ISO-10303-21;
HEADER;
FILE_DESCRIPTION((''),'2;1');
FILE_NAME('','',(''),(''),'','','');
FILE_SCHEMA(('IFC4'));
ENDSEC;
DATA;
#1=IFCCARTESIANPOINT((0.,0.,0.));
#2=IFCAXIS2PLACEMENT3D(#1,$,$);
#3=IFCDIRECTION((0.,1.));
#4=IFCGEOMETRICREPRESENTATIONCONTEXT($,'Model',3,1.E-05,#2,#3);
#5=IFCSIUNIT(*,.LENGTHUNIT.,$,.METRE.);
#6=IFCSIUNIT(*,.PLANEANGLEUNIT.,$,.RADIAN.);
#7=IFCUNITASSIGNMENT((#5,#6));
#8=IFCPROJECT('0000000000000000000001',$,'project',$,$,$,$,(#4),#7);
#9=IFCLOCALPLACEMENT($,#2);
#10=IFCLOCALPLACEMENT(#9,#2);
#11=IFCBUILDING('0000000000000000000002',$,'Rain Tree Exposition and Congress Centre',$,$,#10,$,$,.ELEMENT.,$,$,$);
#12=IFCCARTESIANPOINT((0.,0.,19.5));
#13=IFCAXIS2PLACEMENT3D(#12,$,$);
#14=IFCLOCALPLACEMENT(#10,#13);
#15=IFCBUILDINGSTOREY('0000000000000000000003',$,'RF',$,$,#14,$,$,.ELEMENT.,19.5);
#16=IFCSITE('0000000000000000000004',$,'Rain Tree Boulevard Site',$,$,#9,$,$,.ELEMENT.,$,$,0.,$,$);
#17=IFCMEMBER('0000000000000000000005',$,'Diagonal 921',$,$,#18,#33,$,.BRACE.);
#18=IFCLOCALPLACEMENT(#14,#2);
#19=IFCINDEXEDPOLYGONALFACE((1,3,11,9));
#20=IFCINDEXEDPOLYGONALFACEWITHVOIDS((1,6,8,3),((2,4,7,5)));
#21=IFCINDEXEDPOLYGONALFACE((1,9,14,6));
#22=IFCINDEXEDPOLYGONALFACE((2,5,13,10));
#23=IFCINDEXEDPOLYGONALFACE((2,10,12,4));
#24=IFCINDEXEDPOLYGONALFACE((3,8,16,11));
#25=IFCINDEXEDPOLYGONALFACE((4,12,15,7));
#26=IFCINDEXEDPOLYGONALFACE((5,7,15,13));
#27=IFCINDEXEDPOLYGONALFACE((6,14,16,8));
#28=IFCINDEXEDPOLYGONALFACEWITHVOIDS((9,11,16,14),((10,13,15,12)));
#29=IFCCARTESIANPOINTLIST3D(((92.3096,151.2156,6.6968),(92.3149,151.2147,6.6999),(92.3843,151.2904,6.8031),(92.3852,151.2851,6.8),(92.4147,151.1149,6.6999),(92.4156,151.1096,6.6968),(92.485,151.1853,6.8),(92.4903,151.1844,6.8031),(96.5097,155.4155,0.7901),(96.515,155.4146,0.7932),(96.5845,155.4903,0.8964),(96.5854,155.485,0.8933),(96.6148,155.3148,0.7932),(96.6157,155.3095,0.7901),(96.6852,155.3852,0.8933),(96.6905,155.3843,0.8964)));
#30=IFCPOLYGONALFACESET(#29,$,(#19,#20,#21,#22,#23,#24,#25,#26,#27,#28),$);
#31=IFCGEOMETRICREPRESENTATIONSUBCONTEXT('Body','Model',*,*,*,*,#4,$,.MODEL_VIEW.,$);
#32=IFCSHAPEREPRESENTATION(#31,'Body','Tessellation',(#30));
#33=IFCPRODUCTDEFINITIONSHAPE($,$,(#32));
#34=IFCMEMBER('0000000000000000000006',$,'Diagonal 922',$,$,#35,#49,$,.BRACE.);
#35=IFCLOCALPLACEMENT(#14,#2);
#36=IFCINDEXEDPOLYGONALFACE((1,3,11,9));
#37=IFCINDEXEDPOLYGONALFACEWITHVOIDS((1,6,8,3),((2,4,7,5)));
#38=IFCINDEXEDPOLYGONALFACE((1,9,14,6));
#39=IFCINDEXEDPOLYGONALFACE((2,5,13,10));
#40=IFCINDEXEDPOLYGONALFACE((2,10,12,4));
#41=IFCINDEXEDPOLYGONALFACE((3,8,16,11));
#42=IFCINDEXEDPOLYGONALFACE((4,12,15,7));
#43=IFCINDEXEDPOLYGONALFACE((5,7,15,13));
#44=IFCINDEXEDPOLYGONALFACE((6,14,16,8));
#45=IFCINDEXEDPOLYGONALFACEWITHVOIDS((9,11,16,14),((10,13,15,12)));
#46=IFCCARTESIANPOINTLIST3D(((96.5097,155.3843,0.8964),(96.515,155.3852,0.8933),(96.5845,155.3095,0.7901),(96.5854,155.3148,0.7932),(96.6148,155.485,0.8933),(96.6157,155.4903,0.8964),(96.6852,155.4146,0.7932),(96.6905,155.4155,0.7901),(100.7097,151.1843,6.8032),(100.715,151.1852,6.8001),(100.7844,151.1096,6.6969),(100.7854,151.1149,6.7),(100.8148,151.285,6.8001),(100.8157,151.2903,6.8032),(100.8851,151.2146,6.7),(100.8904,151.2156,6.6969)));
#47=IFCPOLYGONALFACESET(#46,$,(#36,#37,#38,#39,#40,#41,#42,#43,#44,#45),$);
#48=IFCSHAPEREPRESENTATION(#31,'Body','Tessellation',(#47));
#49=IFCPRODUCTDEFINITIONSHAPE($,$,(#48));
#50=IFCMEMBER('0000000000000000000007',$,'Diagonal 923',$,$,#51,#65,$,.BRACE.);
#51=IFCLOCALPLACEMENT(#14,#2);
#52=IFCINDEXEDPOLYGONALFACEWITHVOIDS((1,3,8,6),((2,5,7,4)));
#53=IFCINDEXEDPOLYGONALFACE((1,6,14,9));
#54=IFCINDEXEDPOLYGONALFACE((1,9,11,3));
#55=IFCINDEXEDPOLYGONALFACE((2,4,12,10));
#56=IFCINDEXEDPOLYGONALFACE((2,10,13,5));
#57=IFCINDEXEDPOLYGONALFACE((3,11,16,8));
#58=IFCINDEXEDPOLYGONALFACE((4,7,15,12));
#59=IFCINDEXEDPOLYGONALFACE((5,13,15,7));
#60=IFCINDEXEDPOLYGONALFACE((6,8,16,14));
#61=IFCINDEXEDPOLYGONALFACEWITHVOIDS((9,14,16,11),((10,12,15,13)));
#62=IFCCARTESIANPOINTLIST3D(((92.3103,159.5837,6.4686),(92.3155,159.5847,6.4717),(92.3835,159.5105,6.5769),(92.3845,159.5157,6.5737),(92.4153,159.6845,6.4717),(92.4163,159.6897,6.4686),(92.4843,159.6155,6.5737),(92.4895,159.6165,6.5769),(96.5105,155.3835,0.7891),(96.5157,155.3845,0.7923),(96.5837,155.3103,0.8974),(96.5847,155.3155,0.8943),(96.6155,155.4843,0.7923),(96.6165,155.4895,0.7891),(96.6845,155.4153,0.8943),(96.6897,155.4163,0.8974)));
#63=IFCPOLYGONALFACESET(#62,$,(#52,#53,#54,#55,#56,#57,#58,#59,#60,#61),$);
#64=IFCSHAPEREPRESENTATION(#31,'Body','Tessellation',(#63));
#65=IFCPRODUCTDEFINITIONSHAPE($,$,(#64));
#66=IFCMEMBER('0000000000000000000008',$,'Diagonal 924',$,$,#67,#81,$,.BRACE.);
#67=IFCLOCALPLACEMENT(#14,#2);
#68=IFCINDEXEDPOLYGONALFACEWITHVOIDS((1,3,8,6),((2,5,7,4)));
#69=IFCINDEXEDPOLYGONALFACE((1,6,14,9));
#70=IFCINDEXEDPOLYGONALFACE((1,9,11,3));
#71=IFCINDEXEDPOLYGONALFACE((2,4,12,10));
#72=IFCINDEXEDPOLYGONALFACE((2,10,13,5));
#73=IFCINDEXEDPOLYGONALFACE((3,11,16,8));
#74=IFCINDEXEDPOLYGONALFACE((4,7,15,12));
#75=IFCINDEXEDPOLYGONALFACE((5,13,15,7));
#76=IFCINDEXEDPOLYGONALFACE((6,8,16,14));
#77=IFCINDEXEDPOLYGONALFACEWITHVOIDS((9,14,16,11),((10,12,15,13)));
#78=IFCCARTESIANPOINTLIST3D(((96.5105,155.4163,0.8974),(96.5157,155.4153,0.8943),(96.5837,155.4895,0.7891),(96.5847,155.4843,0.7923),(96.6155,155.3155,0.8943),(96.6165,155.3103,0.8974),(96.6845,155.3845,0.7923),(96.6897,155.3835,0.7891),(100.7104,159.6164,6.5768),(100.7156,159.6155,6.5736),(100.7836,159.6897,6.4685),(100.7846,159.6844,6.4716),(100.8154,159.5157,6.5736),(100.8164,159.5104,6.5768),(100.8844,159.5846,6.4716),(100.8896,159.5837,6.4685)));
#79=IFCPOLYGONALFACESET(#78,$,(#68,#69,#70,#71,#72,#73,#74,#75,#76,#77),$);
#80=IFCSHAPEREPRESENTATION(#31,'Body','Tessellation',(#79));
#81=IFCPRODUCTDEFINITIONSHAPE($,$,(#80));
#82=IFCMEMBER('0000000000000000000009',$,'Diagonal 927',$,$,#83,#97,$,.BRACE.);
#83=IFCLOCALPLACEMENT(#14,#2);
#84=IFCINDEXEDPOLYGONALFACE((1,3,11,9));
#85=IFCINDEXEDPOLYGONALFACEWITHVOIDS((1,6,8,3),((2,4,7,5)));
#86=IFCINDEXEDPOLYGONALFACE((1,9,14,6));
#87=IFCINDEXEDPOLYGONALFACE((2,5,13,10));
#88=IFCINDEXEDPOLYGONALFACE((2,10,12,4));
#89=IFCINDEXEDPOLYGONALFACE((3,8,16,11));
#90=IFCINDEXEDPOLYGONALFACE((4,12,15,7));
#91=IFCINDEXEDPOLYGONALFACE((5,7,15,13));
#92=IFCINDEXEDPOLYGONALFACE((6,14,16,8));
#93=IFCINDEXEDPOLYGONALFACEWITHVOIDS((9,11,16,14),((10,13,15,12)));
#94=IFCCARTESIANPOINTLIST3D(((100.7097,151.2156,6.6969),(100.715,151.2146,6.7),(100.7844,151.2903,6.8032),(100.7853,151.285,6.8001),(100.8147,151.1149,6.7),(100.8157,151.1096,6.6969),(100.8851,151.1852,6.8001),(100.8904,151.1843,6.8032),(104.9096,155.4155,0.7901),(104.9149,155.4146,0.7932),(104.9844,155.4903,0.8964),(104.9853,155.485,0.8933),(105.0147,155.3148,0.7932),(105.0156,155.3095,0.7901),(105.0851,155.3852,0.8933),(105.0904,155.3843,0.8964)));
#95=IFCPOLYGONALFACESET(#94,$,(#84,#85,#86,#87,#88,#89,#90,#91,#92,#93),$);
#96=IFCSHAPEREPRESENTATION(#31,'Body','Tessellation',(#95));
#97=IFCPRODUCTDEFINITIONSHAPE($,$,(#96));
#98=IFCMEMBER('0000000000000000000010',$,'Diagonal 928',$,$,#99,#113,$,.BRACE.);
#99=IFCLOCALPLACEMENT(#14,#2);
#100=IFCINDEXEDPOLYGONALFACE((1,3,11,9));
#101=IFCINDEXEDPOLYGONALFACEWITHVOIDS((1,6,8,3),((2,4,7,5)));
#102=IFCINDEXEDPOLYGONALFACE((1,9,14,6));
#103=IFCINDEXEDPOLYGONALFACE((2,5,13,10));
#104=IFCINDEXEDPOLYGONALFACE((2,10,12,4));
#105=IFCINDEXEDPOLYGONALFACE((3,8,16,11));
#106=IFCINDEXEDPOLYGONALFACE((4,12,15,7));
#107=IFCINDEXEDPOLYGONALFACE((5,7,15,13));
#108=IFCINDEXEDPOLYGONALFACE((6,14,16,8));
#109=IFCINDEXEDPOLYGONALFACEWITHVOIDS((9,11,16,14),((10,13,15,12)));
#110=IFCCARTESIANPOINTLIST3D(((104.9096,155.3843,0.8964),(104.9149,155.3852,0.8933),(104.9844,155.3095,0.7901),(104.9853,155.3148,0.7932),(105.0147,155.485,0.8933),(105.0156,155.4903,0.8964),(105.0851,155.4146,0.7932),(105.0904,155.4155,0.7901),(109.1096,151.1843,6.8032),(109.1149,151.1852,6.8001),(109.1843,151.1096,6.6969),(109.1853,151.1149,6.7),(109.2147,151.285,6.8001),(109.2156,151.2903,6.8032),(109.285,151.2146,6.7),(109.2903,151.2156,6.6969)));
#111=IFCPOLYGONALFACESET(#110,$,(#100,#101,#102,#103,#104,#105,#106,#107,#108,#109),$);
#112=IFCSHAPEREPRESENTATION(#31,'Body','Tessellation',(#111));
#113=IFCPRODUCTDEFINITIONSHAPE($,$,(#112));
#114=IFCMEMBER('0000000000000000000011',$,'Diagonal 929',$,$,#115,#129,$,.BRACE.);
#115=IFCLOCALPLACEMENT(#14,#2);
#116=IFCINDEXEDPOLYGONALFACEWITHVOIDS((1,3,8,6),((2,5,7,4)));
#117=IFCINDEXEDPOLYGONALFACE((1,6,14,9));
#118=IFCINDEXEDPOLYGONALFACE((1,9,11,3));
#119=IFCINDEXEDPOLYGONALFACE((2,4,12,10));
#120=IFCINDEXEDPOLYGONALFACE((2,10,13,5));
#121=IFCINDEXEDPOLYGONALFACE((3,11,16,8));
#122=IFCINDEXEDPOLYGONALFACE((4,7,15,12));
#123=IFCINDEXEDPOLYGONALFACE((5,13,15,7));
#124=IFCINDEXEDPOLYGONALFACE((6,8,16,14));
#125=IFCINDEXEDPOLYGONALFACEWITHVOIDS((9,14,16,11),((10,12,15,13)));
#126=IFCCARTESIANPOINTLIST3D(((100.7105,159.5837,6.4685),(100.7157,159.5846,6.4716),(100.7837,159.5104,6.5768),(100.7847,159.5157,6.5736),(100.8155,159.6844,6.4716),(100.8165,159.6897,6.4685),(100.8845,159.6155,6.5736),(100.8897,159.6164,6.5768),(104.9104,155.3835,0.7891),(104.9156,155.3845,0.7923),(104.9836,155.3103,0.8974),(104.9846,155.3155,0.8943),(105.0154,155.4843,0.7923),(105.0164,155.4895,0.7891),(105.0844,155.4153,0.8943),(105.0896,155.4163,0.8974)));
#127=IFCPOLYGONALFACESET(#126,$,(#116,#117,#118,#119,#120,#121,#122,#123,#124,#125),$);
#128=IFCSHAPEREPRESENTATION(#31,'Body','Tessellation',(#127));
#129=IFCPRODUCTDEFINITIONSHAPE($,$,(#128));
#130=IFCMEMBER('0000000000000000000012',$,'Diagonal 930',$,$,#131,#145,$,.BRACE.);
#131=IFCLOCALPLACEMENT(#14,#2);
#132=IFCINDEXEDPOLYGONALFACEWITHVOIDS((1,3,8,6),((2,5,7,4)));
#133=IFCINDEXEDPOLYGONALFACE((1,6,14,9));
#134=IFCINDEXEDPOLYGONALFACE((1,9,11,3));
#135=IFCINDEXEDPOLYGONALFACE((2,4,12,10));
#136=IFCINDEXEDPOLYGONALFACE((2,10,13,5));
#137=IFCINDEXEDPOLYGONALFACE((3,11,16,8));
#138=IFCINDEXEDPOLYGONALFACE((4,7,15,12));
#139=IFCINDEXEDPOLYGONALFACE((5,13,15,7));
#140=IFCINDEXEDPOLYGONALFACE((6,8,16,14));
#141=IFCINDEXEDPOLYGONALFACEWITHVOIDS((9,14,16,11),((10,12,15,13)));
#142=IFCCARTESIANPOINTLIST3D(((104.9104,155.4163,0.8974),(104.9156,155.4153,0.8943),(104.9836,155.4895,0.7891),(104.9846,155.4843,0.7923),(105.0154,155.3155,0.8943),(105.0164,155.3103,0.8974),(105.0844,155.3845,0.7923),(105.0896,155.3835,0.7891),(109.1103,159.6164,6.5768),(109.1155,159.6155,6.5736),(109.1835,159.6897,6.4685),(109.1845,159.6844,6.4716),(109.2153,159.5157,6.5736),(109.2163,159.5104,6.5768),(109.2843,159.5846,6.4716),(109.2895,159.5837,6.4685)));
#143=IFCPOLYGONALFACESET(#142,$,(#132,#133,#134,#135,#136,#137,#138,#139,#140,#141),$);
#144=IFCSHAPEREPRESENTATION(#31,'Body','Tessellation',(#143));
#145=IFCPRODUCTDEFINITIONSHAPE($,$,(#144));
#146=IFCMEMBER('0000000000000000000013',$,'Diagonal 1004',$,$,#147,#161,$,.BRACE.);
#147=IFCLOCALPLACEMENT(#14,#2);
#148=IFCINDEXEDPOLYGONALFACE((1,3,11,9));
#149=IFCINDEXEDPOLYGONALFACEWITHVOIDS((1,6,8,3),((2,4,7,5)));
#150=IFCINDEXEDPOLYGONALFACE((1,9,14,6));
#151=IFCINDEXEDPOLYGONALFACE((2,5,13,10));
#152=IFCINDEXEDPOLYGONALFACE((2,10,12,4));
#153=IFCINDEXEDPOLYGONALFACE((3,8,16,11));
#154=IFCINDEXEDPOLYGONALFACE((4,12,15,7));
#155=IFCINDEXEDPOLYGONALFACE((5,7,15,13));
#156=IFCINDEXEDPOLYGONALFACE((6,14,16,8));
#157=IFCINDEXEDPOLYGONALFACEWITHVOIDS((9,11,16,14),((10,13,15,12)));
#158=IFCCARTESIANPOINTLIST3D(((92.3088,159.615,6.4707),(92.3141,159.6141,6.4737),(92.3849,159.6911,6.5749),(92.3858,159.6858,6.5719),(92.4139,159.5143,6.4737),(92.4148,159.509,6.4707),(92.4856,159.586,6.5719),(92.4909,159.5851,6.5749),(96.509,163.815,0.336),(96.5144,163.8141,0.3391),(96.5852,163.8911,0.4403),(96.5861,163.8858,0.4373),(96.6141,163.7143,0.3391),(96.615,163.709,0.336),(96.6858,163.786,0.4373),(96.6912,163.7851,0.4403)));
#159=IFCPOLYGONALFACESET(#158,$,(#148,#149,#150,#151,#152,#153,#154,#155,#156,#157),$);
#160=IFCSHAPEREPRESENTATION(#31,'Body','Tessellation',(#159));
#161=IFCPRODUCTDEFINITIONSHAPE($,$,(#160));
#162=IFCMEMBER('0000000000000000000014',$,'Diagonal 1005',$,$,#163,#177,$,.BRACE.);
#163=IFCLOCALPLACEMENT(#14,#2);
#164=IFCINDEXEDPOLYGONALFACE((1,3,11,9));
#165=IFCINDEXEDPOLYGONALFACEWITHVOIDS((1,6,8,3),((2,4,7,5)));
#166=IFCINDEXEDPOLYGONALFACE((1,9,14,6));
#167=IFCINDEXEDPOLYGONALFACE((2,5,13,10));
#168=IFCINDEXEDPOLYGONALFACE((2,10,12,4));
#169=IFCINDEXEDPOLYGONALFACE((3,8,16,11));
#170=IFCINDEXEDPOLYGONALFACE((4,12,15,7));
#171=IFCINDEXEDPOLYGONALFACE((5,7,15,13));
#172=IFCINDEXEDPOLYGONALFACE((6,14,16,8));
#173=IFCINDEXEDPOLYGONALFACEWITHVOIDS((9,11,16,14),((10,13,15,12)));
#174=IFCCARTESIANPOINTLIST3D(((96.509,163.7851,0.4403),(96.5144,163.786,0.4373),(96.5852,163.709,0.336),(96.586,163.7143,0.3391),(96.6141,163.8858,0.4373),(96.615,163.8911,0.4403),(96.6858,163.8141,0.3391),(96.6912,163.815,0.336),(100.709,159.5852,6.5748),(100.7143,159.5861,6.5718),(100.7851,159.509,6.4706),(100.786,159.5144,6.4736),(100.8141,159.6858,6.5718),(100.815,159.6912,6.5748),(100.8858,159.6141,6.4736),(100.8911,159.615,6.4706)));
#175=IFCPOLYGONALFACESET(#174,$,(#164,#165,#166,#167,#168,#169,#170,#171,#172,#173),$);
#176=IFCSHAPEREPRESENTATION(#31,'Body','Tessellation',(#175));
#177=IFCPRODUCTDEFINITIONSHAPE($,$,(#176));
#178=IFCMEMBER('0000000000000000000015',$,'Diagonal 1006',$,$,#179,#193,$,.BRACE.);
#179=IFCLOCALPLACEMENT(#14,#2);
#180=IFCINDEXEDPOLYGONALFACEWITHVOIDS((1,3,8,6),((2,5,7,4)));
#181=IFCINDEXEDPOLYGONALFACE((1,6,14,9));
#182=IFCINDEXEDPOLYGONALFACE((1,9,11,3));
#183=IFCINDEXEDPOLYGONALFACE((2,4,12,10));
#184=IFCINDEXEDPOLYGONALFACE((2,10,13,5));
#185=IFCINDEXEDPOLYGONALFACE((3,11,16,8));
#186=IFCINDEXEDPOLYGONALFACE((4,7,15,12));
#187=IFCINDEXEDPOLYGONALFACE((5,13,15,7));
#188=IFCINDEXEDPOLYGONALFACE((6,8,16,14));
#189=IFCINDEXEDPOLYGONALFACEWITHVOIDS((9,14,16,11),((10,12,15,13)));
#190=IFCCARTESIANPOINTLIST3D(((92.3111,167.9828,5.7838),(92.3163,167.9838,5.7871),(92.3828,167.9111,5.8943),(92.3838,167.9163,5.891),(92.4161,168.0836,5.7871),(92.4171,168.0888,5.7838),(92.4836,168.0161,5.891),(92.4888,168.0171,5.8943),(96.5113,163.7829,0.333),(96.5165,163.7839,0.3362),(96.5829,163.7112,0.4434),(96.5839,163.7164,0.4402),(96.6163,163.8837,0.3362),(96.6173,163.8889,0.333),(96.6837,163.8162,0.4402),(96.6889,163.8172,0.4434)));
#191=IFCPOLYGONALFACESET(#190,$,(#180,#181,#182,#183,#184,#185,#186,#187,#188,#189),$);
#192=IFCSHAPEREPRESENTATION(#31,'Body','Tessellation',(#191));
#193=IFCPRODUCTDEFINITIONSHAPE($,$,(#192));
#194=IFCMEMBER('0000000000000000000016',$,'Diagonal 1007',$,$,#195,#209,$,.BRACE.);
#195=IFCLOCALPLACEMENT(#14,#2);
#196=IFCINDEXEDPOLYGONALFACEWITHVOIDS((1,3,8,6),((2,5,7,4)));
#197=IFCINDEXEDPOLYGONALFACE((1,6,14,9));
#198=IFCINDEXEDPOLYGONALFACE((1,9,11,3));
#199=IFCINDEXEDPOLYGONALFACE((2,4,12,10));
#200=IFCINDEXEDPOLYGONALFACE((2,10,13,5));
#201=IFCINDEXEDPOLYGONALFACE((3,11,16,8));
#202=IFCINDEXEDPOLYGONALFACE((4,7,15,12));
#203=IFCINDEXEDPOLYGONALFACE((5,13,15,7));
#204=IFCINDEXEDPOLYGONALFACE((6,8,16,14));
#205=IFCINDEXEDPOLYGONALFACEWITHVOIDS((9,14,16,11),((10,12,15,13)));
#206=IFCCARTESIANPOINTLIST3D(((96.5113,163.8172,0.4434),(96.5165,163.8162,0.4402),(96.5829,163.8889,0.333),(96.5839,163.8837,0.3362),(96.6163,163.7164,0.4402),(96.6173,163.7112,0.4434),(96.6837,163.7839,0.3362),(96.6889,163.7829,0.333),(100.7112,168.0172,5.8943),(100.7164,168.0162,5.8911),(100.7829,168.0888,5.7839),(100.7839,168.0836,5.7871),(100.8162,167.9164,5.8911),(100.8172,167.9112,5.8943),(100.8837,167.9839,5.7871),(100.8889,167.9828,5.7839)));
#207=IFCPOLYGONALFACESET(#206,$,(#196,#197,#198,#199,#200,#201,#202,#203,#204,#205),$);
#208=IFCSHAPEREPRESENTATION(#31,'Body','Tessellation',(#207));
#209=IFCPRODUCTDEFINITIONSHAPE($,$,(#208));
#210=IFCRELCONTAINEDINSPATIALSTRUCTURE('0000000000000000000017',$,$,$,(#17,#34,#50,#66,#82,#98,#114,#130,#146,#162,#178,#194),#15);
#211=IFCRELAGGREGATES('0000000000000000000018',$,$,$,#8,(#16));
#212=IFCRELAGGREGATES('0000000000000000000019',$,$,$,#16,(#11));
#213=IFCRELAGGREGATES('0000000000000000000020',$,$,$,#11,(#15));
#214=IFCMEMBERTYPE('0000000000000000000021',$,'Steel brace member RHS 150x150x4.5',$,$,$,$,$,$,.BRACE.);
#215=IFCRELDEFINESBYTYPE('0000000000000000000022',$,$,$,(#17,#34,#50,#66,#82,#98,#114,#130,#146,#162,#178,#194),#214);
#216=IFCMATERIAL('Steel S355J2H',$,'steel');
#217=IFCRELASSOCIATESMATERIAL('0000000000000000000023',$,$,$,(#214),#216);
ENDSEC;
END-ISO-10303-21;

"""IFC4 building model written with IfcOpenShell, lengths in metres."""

from ifc_helpers import new_model, si_unit, direction, frame, origin, origin_2d, place, context, subcontext, project, spatial, hollow_rectangle, extrude, material, material_profile, profile_set, type_object, element, save


model = new_model("IFC4")

# Units and contexts
model_context = context("Model", 3, precision=1e-05, world=origin(), true_north=direction((0.0, 1.0)))
body_context = subcontext(model_context, "Body", "Model", "MODEL_VIEW")
ifc_project = project(units=[si_unit("LENGTHUNIT", "METRE"), si_unit("PLANEANGLEUNIT", "RADIAN")], contexts=[model_context])

# Site, building, storey
site_placement = place(None, origin())
site = spatial("IfcSite", under=ifc_project, at=site_placement, Name="Rain Tree Boulevard Site", CompositionType="ELEMENT", RefElevation=0.0)
building_placement = place(site_placement, origin())
building = spatial("IfcBuilding", under=site, at=building_placement, Name="Rain Tree Exposition and Congress Centre", CompositionType="ELEMENT")
storey_placement = place(building_placement, frame((0.0, 0.0, 19.5)))
storey = spatial("IfcBuildingStorey", under=building, at=storey_placement, Name="RF", CompositionType="ELEMENT", Elevation=19.5)

# Members
ifc_material_1 = material(Name="Steel S355J2H", Category="steel")
ifc_material_profile_1 = material_profile(ifc_material_1, hollow_rectangle(XDim=0.1499, YDim=0.1499, WallThickness=0.0044, at=origin_2d()), Name="RHS 150x150x4.5")
ifc_profile_set_1 = profile_set([ifc_material_profile_1], Name="Steel S355J2H")
member_type_1 = type_object("IfcMemberType", Name="Steel brace member RHS 150x150x4.5", PredefinedType="BRACE", material=ifc_profile_set_1)
for number, where, z_axis, x_axis, name in (
    (1, (96.6001, 155.3999, 0.8433), (-0.501408, -0.501379, 0.705131), (0.707086, -0.707127, 0.0), "Diagonal 921"),
    (2, (96.6001, 155.3999, 0.8433), (0.501386, -0.501386, 0.705141), (0.707107, 0.707107, 0.0), "Diagonal 922"),
):
    element("IfcMember", number, at=place(storey_placement, frame(where, z_axis=z_axis, x_axis=x_axis)), inside=storey, type_object=member_type_1, Name=name, PredefinedType="BRACE", context=body_context, shape_type="SweptSolid", body=[
        extrude(hollow_rectangle(XDim=0.1499, YDim=0.1499, WallThickness=0.0044, at=origin_2d()), origin(), (0.0, 0.0, 1.0), 8.3767),
    ])
member_1_placement = place(storey_placement, frame((96.6001, 155.3999, 0.8433), z_axis=(-0.511083, 0.511083, 0.691078), x_axis=(-0.707107, -0.707107, 0.0)))
element("IfcMember", 3, at=member_1_placement, inside=storey, type_object=member_type_1, Name="Diagonal 923", PredefinedType="BRACE", context=body_context, shape_type="SweptSolid", body=[
    extrude(hollow_rectangle(XDim=0.1499, YDim=0.1499, WallThickness=0.0044, at=origin_2d()), origin(), (0.0, 0.0, 1.0), 8.2183),
])
member_2_placement = place(storey_placement, frame((96.6001, 155.3999, 0.8433), z_axis=(0.511061, 0.51109, 0.691089), x_axis=(-0.707127, 0.707086, 0.0)))
element("IfcMember", 4, at=member_2_placement, inside=storey, type_object=member_type_1, Name="Diagonal 924", PredefinedType="BRACE", context=body_context, shape_type="SweptSolid", body=[
    extrude(hollow_rectangle(XDim=0.1499, YDim=0.1499, WallThickness=0.0044, at=origin_2d()), origin(), (0.0, 0.0, 1.0), 8.218),
])
for number, where, z_axis, x_axis, name in (
    (5, (105.0, 155.3999, 0.8433), (-0.501386, -0.501386, 0.705141), (0.707107, -0.707107, 0.0), "Diagonal 927"),
    (6, (105.0, 155.3999, 0.8433), (0.501386, -0.501386, 0.705141), (0.707107, 0.707107, 0.0), "Diagonal 928"),
):
    element("IfcMember", number, at=place(storey_placement, frame(where, z_axis=z_axis, x_axis=x_axis)), inside=storey, type_object=member_type_1, Name=name, PredefinedType="BRACE", context=body_context, shape_type="SweptSolid", body=[
        extrude(hollow_rectangle(XDim=0.1499, YDim=0.1499, WallThickness=0.0044, at=origin_2d()), origin(), (0.0, 0.0, 1.0), 8.3767),
    ])
for number, where, z_axis, x_axis, name in (
    (7, (105.0, 155.3999, 0.8433), (-0.511061, 0.51109, 0.691089), (-0.707127, -0.707086, 0.0), "Diagonal 929"),
    (8, (105.0, 155.3999, 0.8433), (0.511061, 0.51109, 0.691089), (-0.707127, 0.707086, 0.0), "Diagonal 930"),
):
    element("IfcMember", number, at=place(storey_placement, frame(where, z_axis=z_axis, x_axis=x_axis)), inside=storey, type_object=member_type_1, Name=name, PredefinedType="BRACE", context=body_context, shape_type="SweptSolid", body=[
        extrude(hollow_rectangle(XDim=0.1499, YDim=0.1499, WallThickness=0.0044, at=origin_2d()), origin(), (0.0, 0.0, 1.0), 8.218),
    ])
member_3_placement = place(storey_placement, frame((96.6001, 163.8, 0.3882), z_axis=(-0.491887, -0.491858, 0.718417), x_axis=(0.707086, -0.707127, 0.0)))
element("IfcMember", 9, at=member_3_placement, inside=storey, type_object=member_type_1, Name="Diagonal 1004", PredefinedType="BRACE", context=body_context, shape_type="SweptSolid", body=[
    extrude(hollow_rectangle(XDim=0.1499, YDim=0.1499, WallThickness=0.0044, at=origin_2d()), origin(), (0.0, 0.0, 1.0), 8.5391),
])
member_4_placement = place(storey_placement, frame((96.6001, 163.8, 0.3882), z_axis=(0.491865, -0.491865, 0.718427), x_axis=(0.707107, 0.707107, 0.0)))
element("IfcMember", 10, at=member_4_placement, inside=storey, type_object=member_type_1, Name="Diagonal 1005", PredefinedType="BRACE", context=body_context, shape_type="SweptSolid", body=[
    extrude(hollow_rectangle(XDim=0.1499, YDim=0.1499, WallThickness=0.0044, at=origin_2d()), origin(), (0.0, 0.0, 1.0), 8.5388),
])
for number, where, z_axis, x_axis, name in (
    (11, (96.6001, 163.8, 0.3882), (-0.520995, 0.520965, 0.676136), (-0.707086, -0.707127, 0.0), "Diagonal 1006"),
    (12, (96.6001, 163.8, 0.3882), (0.520973, 0.520973, 0.676147), (-0.707107, 0.707107, 0.0), "Diagonal 1007"),
):
    element("IfcMember", number, at=place(storey_placement, frame(where, z_axis=z_axis, x_axis=x_axis)), inside=storey, type_object=member_type_1, Name=name, PredefinedType="BRACE", context=body_context, shape_type="SweptSolid", body=[
        extrude(hollow_rectangle(XDim=0.1499, YDim=0.1499, WallThickness=0.0044, at=origin_2d()), origin(), (0.0, 0.0, 1.0), 8.0618),
    ])

save(model, "model.ifc")
